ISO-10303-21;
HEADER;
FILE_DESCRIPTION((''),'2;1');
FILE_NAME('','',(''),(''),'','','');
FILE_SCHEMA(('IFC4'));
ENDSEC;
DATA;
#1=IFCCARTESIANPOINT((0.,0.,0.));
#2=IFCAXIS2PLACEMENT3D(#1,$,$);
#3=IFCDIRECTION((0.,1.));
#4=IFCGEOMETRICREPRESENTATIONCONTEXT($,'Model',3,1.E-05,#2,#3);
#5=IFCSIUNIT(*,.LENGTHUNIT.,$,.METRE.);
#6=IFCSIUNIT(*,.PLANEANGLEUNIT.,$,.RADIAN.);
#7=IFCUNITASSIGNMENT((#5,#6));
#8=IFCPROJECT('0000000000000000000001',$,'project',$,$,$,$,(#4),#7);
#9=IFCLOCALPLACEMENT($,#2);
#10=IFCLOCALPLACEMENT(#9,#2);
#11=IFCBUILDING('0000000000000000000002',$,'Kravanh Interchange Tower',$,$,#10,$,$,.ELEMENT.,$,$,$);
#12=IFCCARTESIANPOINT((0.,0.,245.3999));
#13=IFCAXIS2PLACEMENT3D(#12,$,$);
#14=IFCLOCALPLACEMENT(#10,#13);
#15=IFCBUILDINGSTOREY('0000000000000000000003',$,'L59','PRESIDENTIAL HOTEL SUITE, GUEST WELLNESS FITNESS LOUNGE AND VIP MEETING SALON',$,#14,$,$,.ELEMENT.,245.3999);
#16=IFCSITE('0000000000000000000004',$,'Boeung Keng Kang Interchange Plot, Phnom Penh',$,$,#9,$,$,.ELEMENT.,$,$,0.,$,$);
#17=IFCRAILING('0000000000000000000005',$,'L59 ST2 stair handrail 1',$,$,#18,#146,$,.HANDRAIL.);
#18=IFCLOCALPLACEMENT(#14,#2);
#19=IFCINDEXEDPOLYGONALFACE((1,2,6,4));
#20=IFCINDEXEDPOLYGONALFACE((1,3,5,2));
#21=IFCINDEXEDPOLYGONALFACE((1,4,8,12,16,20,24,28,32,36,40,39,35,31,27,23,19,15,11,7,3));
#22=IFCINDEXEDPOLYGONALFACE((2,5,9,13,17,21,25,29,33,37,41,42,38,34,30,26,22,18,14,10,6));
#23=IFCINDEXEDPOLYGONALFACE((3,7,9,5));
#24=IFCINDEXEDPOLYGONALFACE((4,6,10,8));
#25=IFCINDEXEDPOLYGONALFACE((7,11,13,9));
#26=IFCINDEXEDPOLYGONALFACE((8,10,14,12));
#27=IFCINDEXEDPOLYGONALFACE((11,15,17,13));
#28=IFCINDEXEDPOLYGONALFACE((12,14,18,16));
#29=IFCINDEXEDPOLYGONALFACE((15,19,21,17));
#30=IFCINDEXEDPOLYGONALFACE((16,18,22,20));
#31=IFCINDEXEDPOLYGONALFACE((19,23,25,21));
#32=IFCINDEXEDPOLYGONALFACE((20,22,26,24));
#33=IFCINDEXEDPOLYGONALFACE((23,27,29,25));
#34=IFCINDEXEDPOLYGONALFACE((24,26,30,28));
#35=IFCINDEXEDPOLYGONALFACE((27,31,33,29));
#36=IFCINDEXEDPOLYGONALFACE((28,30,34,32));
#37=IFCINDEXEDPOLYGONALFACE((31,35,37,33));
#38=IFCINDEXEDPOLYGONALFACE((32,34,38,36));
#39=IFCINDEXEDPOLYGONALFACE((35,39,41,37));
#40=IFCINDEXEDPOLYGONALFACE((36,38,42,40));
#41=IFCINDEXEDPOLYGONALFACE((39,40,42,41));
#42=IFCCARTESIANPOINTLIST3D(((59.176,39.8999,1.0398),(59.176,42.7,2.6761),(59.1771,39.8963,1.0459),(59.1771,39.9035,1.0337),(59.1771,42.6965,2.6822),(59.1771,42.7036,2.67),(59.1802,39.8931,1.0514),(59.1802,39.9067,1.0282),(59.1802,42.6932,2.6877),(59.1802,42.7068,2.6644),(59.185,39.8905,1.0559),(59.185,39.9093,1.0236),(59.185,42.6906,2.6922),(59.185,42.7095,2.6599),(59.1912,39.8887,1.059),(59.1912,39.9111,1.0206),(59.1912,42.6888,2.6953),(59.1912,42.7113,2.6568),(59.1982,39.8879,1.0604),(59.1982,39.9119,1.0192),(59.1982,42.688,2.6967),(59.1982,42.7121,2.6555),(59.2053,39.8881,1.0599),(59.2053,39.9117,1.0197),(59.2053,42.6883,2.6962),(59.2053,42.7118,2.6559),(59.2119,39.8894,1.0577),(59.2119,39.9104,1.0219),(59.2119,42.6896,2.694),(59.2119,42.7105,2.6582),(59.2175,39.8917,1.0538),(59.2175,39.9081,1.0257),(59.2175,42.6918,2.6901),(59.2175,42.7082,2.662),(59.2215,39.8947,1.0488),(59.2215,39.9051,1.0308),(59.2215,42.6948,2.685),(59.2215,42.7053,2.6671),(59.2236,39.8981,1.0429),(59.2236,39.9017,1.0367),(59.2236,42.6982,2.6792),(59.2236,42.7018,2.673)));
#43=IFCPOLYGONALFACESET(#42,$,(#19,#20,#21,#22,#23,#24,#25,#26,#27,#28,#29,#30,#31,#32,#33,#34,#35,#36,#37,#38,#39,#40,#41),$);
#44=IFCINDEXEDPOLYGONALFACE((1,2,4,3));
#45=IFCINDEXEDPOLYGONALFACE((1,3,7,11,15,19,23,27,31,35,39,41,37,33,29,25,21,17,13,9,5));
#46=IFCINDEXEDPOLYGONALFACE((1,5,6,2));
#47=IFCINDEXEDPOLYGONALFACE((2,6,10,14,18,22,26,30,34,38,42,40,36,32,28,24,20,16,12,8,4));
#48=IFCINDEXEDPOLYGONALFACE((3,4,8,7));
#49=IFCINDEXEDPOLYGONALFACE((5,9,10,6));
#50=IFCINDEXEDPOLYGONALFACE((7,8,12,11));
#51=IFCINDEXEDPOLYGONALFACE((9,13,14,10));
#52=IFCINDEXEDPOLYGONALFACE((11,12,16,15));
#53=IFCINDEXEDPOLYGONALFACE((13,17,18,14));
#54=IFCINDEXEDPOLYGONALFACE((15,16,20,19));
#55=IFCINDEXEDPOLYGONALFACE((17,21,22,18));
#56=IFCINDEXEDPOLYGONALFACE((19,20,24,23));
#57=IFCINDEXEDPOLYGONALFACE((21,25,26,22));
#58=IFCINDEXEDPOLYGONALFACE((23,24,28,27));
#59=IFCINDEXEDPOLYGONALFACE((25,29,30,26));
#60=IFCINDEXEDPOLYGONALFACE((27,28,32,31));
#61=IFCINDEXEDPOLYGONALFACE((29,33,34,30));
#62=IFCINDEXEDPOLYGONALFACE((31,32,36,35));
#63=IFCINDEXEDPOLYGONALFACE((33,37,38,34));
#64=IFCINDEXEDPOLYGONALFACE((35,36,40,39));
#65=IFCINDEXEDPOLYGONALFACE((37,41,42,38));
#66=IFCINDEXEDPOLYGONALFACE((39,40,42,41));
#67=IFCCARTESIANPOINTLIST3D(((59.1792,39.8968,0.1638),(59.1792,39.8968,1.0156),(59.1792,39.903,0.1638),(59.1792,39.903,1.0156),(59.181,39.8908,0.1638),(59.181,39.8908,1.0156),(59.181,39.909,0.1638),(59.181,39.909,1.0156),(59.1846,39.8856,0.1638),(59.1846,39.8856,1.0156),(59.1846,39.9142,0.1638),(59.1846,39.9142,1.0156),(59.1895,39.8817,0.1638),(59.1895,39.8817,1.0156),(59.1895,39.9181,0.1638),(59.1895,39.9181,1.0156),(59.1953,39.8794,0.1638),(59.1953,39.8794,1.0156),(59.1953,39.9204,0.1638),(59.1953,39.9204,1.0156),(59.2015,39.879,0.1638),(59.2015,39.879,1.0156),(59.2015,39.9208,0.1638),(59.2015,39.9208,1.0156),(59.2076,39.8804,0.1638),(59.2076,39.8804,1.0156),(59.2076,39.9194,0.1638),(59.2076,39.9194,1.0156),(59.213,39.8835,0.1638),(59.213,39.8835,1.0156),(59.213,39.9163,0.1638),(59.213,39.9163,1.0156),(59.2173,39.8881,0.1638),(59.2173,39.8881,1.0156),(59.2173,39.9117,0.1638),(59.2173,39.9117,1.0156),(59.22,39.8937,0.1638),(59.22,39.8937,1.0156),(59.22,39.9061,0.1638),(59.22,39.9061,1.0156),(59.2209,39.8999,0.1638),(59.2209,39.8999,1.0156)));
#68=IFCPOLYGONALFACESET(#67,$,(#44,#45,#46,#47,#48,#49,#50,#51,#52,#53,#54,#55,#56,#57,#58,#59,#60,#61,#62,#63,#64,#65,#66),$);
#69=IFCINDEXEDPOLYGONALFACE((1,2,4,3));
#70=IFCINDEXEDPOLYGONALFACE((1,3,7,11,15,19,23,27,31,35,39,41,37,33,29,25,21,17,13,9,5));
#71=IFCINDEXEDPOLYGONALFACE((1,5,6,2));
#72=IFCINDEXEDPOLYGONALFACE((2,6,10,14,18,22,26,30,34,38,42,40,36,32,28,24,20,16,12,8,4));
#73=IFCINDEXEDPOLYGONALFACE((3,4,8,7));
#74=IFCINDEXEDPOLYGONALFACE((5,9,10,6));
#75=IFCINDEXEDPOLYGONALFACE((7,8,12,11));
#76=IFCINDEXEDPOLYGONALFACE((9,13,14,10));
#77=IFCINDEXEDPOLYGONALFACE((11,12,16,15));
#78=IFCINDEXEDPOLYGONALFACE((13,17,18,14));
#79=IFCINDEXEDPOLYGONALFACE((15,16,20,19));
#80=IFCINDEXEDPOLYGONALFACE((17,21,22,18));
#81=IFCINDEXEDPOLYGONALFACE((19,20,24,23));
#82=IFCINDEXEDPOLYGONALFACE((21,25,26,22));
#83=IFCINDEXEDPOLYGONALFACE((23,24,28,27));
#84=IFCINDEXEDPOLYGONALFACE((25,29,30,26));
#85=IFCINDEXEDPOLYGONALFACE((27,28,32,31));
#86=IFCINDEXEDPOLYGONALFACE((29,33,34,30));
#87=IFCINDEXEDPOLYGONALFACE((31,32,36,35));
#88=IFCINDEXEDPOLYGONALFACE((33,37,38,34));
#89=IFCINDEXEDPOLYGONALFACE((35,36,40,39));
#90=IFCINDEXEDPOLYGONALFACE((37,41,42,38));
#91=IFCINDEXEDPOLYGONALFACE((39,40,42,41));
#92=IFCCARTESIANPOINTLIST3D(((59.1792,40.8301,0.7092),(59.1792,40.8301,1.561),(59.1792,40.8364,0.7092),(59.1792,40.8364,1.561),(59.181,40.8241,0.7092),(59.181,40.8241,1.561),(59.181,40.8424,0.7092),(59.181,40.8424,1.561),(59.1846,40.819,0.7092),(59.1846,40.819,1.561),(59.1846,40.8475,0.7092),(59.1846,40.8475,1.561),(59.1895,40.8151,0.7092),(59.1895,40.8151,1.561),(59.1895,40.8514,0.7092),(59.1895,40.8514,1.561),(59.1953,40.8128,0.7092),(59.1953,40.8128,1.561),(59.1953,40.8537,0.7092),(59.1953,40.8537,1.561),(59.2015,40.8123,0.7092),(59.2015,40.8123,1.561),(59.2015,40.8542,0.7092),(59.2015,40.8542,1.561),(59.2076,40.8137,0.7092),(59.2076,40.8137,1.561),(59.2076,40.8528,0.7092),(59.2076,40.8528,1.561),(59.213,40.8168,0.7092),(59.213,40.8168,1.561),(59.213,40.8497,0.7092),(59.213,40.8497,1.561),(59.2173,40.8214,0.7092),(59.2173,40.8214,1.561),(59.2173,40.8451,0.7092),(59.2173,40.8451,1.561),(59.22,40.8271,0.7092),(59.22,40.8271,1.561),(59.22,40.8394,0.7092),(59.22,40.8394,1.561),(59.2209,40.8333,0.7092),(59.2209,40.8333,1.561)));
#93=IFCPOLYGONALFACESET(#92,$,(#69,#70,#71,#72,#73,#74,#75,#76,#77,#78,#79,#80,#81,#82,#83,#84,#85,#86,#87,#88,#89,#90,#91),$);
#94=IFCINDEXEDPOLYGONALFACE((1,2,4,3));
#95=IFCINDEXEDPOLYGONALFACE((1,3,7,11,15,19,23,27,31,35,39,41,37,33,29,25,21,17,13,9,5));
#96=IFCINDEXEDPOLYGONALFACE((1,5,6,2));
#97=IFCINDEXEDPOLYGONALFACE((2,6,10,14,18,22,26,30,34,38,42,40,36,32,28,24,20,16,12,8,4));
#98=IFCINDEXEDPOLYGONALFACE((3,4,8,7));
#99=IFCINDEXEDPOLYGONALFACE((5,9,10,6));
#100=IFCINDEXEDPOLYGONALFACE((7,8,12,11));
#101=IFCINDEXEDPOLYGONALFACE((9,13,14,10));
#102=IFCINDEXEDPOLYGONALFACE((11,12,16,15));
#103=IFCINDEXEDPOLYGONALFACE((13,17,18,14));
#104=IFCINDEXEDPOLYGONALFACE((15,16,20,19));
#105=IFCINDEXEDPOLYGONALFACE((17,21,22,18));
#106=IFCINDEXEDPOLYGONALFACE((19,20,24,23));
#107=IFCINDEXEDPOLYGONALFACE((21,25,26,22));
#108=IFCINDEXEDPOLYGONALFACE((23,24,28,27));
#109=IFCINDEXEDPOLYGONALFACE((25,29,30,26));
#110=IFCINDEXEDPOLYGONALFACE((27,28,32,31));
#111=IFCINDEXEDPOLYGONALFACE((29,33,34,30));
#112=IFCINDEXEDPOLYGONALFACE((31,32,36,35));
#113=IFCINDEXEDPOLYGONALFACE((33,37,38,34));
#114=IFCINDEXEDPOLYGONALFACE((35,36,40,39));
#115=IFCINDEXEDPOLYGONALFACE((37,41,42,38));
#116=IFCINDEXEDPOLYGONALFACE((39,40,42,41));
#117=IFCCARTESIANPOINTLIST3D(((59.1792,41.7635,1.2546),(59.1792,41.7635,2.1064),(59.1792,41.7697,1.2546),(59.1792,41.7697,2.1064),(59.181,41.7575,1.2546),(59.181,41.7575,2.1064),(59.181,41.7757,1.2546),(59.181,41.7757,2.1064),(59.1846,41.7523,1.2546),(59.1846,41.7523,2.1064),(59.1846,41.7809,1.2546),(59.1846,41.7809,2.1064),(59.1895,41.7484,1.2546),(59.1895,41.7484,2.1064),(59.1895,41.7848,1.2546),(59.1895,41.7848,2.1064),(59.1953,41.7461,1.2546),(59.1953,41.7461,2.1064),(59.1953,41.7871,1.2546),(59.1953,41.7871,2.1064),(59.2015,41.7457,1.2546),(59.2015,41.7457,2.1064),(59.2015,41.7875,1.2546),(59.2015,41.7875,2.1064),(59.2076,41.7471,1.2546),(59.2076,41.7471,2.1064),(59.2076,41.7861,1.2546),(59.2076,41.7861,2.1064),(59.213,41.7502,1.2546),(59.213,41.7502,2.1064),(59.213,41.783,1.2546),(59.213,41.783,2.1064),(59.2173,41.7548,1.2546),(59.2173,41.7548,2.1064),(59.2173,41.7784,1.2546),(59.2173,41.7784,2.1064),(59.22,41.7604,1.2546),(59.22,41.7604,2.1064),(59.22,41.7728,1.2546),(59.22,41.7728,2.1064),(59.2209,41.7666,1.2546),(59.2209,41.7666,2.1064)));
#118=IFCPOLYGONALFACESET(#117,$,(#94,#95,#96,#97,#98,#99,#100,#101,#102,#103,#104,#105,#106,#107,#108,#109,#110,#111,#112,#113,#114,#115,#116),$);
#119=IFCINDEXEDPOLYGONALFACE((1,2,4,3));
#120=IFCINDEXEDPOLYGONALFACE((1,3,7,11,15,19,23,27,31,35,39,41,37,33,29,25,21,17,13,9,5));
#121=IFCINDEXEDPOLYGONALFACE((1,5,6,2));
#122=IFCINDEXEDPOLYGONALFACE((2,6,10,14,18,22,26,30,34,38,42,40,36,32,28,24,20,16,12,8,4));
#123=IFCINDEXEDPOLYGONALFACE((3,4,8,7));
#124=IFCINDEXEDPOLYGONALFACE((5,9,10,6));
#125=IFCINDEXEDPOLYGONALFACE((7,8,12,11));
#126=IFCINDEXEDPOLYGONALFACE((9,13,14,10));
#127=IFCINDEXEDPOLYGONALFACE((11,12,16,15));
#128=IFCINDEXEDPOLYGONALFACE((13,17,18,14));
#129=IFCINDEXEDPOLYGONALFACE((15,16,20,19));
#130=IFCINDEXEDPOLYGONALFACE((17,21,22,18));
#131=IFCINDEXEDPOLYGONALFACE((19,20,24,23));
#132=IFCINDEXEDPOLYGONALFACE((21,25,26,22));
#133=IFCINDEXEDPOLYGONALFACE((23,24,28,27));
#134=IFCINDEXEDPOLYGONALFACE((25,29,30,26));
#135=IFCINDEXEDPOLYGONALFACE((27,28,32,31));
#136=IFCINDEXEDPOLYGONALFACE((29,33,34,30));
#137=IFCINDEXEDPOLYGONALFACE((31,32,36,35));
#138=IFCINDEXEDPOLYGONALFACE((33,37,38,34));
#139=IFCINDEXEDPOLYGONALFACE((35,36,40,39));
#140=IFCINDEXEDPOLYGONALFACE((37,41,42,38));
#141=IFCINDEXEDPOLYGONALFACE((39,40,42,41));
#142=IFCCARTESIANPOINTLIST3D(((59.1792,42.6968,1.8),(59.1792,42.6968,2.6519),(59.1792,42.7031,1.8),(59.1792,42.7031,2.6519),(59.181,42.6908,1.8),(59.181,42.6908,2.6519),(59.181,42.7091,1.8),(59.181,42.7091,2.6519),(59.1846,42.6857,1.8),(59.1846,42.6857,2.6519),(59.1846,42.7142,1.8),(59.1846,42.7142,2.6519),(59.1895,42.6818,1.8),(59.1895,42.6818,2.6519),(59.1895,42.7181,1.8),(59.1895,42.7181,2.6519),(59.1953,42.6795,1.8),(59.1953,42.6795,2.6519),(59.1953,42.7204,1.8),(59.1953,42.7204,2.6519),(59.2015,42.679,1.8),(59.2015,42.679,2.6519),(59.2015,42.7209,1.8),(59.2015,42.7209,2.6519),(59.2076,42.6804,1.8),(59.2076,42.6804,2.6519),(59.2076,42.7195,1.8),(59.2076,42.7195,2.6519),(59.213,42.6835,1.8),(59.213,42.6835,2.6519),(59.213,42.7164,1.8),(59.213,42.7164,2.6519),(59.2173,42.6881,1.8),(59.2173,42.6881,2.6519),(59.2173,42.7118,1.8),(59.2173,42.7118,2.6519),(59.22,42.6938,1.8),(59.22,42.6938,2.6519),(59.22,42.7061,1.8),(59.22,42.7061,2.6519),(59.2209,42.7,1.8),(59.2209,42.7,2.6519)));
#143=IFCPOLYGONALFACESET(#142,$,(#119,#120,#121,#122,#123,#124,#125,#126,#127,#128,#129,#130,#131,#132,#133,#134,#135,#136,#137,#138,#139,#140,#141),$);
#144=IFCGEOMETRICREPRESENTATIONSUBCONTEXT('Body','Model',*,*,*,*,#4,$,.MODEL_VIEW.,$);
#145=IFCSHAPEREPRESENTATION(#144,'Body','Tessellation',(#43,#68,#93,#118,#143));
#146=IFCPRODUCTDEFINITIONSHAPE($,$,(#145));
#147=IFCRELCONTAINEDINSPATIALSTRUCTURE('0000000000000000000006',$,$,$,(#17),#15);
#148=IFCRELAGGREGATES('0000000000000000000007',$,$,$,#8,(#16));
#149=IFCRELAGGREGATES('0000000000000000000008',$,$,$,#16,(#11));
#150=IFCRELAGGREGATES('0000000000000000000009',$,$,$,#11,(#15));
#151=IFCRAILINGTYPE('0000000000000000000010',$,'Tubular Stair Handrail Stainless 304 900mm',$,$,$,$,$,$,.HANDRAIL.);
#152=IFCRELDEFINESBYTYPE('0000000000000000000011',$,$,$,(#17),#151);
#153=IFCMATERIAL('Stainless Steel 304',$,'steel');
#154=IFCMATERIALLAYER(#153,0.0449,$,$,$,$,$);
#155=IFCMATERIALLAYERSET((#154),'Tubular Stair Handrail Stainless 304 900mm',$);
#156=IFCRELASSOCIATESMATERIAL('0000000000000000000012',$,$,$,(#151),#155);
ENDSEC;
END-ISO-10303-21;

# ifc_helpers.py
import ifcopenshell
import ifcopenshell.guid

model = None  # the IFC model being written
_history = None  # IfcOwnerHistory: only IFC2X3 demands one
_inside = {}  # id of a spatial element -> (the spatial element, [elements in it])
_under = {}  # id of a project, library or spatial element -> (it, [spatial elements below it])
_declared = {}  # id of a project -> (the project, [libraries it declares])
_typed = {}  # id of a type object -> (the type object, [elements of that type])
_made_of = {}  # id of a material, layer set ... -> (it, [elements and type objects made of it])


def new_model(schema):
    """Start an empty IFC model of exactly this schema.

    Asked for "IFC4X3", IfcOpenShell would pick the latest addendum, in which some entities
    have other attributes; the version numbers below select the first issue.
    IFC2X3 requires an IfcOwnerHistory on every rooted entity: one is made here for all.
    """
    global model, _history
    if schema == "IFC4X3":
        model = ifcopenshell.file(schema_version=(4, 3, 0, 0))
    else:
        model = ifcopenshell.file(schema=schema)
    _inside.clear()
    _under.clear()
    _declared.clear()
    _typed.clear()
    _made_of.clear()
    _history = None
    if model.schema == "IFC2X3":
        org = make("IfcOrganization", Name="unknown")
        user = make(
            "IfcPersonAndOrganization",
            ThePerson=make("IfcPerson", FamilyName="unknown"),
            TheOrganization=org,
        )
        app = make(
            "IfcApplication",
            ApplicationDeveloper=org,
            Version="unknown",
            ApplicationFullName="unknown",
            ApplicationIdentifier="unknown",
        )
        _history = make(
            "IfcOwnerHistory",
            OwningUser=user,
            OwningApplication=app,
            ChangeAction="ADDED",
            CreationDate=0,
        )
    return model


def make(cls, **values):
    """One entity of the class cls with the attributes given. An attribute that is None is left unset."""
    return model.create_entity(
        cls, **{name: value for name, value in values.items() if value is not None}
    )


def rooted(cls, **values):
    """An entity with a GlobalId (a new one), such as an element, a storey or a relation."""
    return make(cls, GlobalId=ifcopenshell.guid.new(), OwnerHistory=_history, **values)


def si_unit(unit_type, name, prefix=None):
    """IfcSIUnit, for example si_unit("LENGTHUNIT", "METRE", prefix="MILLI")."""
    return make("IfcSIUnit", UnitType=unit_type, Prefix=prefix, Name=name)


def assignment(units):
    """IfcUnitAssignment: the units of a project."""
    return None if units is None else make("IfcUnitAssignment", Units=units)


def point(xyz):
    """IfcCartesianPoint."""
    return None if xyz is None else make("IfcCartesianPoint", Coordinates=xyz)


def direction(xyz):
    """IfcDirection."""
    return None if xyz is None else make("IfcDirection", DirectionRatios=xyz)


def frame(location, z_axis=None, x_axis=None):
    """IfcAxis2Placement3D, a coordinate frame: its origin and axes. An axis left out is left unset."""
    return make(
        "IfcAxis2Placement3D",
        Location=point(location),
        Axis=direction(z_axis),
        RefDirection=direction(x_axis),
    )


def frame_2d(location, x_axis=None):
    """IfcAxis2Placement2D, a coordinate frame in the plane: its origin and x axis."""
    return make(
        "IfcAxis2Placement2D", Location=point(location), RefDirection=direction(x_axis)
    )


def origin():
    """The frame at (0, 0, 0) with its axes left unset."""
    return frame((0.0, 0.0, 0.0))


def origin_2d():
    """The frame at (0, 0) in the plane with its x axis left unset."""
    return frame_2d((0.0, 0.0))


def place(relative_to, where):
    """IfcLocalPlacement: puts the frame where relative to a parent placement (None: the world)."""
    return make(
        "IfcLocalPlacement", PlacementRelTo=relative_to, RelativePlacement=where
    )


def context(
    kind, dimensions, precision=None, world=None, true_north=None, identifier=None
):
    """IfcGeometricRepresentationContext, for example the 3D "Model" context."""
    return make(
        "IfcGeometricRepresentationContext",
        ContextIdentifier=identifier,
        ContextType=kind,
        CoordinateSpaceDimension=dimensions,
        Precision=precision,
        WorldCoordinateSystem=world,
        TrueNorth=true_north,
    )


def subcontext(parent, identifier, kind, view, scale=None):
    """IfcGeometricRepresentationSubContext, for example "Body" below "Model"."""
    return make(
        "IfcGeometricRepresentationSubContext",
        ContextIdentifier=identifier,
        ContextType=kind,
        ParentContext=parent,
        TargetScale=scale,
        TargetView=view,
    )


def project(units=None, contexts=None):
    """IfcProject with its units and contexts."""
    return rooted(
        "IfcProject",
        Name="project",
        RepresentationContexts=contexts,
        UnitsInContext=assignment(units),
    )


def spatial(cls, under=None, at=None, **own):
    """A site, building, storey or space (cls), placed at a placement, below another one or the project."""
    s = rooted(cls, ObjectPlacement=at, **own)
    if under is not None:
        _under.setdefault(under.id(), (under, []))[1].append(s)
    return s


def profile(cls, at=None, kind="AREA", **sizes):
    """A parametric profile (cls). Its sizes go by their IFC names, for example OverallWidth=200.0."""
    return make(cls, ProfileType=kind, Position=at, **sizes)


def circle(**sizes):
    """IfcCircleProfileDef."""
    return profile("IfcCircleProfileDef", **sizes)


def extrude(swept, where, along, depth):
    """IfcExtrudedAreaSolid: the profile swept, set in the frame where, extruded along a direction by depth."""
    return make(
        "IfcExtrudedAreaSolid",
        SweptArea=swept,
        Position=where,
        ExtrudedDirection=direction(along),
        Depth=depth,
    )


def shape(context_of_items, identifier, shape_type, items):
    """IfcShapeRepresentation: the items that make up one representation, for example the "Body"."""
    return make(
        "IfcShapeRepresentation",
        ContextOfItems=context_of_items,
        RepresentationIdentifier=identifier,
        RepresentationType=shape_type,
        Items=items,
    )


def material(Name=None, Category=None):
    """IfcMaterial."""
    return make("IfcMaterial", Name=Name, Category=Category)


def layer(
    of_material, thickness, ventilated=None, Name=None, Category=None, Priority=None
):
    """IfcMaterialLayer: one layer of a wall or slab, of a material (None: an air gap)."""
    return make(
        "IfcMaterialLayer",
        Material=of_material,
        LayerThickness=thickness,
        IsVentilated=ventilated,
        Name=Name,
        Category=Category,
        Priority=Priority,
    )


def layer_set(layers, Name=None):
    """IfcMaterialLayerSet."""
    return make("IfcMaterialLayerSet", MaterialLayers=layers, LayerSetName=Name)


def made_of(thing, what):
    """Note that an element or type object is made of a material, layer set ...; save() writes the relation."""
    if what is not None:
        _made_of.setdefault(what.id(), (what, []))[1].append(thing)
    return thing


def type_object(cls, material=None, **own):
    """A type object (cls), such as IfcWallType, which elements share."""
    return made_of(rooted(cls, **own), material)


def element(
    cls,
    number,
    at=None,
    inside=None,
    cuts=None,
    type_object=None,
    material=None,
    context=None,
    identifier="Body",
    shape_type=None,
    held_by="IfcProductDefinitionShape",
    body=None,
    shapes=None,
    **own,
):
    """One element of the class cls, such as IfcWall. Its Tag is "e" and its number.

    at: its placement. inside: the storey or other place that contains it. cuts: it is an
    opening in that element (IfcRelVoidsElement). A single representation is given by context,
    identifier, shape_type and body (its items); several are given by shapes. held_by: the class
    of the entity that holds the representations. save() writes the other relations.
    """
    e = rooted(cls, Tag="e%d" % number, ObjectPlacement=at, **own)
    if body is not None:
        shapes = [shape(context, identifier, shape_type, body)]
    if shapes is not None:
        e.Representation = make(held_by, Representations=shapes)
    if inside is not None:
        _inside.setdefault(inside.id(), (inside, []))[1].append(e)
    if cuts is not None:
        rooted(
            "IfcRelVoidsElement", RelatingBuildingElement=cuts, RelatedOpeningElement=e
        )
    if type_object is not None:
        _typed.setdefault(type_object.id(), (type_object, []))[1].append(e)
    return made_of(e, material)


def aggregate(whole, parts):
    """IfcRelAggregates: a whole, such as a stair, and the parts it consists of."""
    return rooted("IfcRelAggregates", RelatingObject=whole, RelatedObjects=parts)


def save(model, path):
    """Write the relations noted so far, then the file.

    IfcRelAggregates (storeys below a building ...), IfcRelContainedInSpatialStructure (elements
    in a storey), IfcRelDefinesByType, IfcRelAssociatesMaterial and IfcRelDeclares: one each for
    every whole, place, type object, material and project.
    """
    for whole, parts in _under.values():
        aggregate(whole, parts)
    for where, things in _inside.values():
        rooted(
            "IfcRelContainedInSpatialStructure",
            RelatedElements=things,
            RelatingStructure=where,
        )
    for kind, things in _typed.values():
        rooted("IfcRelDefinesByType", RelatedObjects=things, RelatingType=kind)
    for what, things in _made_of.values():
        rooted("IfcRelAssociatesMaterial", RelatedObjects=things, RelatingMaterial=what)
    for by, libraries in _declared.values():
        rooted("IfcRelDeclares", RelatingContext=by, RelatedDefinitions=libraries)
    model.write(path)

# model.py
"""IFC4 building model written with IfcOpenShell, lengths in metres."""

from ifc_helpers import new_model, si_unit, direction, frame, origin, origin_2d, place, context, subcontext, project, spatial, circle, extrude, material, layer, layer_set, type_object, element, save


model = new_model("IFC4")

# Units and contexts
model_context = context("Model", 3, precision=1e-05, world=origin(), true_north=direction((0.0, 1.0)))
body_context = subcontext(model_context, "Body", "Model", "MODEL_VIEW")
ifc_project = project(units=[si_unit("LENGTHUNIT", "METRE"), si_unit("PLANEANGLEUNIT", "RADIAN")], contexts=[model_context])

# Site, building, storey
site_placement = place(None, origin())
site = spatial("IfcSite", under=ifc_project, at=site_placement, Name="Boeung Keng Kang Interchange Plot, Phnom Penh", CompositionType="ELEMENT", RefElevation=0.0)
building_placement = place(site_placement, origin())
building = spatial("IfcBuilding", under=site, at=building_placement, Name="Kravanh Interchange Tower", CompositionType="ELEMENT")
storey_placement = place(building_placement, frame((0.0, 0.0, 245.3999)))
storey = spatial("IfcBuildingStorey", under=building, at=storey_placement, Name="L59", Description="PRESIDENTIAL HOTEL SUITE, GUEST WELLNESS FITNESS LOUNGE AND VIP MEETING SALON", CompositionType="ELEMENT", Elevation=245.3999)

# Railing
ifc_material_1 = material(Name="Stainless Steel 304", Category="steel")
ifc_layer_1 = layer(ifc_material_1, 0.0449)
ifc_layer_set_1 = layer_set([ifc_layer_1], Name="Tubular Stair Handrail Stainless 304 900mm")
railing_type_1 = type_object("IfcRailingType", Name="Tubular Stair Handrail Stainless 304 900mm", PredefinedType="HANDRAIL", material=ifc_layer_set_1)
railing_1_placement = place(storey_placement, frame((59.2, 39.8999, 0.1638)))
element("IfcRailing", 1, at=railing_1_placement, inside=storey, type_object=railing_type_1, Name="L59 ST2 stair handrail 1", PredefinedType="HANDRAIL", context=body_context, shape_type="SweptSolid", body=[
    extrude(circle(Radius=0.0239, at=origin_2d()), frame((0.0, 0.0, 0.876), z_axis=(0.0, 0.863394, 0.504531), x_axis=(-1.0, 0.0, 0.0)), (0.0, 0.0, 1.0), 3.2432),
    extrude(circle(Radius=0.021, at=origin_2d()), origin(), (0.0, 0.0, 1.0), 0.8518),
    extrude(circle(Radius=0.021, at=origin_2d()), frame((0.0, 0.9333, 0.5454)), (0.0, 0.0, 1.0), 0.8518),
    extrude(circle(Radius=0.021, at=origin_2d()), frame((0.0, 1.8667, 1.0908)), (0.0, 0.0, 1.0), 0.8518),
    extrude(circle(Radius=0.021, at=origin_2d()), frame((0.0, 2.8, 1.6362)), (0.0, 0.0, 1.0), 0.8518),
])

save(model, "model.ifc")
